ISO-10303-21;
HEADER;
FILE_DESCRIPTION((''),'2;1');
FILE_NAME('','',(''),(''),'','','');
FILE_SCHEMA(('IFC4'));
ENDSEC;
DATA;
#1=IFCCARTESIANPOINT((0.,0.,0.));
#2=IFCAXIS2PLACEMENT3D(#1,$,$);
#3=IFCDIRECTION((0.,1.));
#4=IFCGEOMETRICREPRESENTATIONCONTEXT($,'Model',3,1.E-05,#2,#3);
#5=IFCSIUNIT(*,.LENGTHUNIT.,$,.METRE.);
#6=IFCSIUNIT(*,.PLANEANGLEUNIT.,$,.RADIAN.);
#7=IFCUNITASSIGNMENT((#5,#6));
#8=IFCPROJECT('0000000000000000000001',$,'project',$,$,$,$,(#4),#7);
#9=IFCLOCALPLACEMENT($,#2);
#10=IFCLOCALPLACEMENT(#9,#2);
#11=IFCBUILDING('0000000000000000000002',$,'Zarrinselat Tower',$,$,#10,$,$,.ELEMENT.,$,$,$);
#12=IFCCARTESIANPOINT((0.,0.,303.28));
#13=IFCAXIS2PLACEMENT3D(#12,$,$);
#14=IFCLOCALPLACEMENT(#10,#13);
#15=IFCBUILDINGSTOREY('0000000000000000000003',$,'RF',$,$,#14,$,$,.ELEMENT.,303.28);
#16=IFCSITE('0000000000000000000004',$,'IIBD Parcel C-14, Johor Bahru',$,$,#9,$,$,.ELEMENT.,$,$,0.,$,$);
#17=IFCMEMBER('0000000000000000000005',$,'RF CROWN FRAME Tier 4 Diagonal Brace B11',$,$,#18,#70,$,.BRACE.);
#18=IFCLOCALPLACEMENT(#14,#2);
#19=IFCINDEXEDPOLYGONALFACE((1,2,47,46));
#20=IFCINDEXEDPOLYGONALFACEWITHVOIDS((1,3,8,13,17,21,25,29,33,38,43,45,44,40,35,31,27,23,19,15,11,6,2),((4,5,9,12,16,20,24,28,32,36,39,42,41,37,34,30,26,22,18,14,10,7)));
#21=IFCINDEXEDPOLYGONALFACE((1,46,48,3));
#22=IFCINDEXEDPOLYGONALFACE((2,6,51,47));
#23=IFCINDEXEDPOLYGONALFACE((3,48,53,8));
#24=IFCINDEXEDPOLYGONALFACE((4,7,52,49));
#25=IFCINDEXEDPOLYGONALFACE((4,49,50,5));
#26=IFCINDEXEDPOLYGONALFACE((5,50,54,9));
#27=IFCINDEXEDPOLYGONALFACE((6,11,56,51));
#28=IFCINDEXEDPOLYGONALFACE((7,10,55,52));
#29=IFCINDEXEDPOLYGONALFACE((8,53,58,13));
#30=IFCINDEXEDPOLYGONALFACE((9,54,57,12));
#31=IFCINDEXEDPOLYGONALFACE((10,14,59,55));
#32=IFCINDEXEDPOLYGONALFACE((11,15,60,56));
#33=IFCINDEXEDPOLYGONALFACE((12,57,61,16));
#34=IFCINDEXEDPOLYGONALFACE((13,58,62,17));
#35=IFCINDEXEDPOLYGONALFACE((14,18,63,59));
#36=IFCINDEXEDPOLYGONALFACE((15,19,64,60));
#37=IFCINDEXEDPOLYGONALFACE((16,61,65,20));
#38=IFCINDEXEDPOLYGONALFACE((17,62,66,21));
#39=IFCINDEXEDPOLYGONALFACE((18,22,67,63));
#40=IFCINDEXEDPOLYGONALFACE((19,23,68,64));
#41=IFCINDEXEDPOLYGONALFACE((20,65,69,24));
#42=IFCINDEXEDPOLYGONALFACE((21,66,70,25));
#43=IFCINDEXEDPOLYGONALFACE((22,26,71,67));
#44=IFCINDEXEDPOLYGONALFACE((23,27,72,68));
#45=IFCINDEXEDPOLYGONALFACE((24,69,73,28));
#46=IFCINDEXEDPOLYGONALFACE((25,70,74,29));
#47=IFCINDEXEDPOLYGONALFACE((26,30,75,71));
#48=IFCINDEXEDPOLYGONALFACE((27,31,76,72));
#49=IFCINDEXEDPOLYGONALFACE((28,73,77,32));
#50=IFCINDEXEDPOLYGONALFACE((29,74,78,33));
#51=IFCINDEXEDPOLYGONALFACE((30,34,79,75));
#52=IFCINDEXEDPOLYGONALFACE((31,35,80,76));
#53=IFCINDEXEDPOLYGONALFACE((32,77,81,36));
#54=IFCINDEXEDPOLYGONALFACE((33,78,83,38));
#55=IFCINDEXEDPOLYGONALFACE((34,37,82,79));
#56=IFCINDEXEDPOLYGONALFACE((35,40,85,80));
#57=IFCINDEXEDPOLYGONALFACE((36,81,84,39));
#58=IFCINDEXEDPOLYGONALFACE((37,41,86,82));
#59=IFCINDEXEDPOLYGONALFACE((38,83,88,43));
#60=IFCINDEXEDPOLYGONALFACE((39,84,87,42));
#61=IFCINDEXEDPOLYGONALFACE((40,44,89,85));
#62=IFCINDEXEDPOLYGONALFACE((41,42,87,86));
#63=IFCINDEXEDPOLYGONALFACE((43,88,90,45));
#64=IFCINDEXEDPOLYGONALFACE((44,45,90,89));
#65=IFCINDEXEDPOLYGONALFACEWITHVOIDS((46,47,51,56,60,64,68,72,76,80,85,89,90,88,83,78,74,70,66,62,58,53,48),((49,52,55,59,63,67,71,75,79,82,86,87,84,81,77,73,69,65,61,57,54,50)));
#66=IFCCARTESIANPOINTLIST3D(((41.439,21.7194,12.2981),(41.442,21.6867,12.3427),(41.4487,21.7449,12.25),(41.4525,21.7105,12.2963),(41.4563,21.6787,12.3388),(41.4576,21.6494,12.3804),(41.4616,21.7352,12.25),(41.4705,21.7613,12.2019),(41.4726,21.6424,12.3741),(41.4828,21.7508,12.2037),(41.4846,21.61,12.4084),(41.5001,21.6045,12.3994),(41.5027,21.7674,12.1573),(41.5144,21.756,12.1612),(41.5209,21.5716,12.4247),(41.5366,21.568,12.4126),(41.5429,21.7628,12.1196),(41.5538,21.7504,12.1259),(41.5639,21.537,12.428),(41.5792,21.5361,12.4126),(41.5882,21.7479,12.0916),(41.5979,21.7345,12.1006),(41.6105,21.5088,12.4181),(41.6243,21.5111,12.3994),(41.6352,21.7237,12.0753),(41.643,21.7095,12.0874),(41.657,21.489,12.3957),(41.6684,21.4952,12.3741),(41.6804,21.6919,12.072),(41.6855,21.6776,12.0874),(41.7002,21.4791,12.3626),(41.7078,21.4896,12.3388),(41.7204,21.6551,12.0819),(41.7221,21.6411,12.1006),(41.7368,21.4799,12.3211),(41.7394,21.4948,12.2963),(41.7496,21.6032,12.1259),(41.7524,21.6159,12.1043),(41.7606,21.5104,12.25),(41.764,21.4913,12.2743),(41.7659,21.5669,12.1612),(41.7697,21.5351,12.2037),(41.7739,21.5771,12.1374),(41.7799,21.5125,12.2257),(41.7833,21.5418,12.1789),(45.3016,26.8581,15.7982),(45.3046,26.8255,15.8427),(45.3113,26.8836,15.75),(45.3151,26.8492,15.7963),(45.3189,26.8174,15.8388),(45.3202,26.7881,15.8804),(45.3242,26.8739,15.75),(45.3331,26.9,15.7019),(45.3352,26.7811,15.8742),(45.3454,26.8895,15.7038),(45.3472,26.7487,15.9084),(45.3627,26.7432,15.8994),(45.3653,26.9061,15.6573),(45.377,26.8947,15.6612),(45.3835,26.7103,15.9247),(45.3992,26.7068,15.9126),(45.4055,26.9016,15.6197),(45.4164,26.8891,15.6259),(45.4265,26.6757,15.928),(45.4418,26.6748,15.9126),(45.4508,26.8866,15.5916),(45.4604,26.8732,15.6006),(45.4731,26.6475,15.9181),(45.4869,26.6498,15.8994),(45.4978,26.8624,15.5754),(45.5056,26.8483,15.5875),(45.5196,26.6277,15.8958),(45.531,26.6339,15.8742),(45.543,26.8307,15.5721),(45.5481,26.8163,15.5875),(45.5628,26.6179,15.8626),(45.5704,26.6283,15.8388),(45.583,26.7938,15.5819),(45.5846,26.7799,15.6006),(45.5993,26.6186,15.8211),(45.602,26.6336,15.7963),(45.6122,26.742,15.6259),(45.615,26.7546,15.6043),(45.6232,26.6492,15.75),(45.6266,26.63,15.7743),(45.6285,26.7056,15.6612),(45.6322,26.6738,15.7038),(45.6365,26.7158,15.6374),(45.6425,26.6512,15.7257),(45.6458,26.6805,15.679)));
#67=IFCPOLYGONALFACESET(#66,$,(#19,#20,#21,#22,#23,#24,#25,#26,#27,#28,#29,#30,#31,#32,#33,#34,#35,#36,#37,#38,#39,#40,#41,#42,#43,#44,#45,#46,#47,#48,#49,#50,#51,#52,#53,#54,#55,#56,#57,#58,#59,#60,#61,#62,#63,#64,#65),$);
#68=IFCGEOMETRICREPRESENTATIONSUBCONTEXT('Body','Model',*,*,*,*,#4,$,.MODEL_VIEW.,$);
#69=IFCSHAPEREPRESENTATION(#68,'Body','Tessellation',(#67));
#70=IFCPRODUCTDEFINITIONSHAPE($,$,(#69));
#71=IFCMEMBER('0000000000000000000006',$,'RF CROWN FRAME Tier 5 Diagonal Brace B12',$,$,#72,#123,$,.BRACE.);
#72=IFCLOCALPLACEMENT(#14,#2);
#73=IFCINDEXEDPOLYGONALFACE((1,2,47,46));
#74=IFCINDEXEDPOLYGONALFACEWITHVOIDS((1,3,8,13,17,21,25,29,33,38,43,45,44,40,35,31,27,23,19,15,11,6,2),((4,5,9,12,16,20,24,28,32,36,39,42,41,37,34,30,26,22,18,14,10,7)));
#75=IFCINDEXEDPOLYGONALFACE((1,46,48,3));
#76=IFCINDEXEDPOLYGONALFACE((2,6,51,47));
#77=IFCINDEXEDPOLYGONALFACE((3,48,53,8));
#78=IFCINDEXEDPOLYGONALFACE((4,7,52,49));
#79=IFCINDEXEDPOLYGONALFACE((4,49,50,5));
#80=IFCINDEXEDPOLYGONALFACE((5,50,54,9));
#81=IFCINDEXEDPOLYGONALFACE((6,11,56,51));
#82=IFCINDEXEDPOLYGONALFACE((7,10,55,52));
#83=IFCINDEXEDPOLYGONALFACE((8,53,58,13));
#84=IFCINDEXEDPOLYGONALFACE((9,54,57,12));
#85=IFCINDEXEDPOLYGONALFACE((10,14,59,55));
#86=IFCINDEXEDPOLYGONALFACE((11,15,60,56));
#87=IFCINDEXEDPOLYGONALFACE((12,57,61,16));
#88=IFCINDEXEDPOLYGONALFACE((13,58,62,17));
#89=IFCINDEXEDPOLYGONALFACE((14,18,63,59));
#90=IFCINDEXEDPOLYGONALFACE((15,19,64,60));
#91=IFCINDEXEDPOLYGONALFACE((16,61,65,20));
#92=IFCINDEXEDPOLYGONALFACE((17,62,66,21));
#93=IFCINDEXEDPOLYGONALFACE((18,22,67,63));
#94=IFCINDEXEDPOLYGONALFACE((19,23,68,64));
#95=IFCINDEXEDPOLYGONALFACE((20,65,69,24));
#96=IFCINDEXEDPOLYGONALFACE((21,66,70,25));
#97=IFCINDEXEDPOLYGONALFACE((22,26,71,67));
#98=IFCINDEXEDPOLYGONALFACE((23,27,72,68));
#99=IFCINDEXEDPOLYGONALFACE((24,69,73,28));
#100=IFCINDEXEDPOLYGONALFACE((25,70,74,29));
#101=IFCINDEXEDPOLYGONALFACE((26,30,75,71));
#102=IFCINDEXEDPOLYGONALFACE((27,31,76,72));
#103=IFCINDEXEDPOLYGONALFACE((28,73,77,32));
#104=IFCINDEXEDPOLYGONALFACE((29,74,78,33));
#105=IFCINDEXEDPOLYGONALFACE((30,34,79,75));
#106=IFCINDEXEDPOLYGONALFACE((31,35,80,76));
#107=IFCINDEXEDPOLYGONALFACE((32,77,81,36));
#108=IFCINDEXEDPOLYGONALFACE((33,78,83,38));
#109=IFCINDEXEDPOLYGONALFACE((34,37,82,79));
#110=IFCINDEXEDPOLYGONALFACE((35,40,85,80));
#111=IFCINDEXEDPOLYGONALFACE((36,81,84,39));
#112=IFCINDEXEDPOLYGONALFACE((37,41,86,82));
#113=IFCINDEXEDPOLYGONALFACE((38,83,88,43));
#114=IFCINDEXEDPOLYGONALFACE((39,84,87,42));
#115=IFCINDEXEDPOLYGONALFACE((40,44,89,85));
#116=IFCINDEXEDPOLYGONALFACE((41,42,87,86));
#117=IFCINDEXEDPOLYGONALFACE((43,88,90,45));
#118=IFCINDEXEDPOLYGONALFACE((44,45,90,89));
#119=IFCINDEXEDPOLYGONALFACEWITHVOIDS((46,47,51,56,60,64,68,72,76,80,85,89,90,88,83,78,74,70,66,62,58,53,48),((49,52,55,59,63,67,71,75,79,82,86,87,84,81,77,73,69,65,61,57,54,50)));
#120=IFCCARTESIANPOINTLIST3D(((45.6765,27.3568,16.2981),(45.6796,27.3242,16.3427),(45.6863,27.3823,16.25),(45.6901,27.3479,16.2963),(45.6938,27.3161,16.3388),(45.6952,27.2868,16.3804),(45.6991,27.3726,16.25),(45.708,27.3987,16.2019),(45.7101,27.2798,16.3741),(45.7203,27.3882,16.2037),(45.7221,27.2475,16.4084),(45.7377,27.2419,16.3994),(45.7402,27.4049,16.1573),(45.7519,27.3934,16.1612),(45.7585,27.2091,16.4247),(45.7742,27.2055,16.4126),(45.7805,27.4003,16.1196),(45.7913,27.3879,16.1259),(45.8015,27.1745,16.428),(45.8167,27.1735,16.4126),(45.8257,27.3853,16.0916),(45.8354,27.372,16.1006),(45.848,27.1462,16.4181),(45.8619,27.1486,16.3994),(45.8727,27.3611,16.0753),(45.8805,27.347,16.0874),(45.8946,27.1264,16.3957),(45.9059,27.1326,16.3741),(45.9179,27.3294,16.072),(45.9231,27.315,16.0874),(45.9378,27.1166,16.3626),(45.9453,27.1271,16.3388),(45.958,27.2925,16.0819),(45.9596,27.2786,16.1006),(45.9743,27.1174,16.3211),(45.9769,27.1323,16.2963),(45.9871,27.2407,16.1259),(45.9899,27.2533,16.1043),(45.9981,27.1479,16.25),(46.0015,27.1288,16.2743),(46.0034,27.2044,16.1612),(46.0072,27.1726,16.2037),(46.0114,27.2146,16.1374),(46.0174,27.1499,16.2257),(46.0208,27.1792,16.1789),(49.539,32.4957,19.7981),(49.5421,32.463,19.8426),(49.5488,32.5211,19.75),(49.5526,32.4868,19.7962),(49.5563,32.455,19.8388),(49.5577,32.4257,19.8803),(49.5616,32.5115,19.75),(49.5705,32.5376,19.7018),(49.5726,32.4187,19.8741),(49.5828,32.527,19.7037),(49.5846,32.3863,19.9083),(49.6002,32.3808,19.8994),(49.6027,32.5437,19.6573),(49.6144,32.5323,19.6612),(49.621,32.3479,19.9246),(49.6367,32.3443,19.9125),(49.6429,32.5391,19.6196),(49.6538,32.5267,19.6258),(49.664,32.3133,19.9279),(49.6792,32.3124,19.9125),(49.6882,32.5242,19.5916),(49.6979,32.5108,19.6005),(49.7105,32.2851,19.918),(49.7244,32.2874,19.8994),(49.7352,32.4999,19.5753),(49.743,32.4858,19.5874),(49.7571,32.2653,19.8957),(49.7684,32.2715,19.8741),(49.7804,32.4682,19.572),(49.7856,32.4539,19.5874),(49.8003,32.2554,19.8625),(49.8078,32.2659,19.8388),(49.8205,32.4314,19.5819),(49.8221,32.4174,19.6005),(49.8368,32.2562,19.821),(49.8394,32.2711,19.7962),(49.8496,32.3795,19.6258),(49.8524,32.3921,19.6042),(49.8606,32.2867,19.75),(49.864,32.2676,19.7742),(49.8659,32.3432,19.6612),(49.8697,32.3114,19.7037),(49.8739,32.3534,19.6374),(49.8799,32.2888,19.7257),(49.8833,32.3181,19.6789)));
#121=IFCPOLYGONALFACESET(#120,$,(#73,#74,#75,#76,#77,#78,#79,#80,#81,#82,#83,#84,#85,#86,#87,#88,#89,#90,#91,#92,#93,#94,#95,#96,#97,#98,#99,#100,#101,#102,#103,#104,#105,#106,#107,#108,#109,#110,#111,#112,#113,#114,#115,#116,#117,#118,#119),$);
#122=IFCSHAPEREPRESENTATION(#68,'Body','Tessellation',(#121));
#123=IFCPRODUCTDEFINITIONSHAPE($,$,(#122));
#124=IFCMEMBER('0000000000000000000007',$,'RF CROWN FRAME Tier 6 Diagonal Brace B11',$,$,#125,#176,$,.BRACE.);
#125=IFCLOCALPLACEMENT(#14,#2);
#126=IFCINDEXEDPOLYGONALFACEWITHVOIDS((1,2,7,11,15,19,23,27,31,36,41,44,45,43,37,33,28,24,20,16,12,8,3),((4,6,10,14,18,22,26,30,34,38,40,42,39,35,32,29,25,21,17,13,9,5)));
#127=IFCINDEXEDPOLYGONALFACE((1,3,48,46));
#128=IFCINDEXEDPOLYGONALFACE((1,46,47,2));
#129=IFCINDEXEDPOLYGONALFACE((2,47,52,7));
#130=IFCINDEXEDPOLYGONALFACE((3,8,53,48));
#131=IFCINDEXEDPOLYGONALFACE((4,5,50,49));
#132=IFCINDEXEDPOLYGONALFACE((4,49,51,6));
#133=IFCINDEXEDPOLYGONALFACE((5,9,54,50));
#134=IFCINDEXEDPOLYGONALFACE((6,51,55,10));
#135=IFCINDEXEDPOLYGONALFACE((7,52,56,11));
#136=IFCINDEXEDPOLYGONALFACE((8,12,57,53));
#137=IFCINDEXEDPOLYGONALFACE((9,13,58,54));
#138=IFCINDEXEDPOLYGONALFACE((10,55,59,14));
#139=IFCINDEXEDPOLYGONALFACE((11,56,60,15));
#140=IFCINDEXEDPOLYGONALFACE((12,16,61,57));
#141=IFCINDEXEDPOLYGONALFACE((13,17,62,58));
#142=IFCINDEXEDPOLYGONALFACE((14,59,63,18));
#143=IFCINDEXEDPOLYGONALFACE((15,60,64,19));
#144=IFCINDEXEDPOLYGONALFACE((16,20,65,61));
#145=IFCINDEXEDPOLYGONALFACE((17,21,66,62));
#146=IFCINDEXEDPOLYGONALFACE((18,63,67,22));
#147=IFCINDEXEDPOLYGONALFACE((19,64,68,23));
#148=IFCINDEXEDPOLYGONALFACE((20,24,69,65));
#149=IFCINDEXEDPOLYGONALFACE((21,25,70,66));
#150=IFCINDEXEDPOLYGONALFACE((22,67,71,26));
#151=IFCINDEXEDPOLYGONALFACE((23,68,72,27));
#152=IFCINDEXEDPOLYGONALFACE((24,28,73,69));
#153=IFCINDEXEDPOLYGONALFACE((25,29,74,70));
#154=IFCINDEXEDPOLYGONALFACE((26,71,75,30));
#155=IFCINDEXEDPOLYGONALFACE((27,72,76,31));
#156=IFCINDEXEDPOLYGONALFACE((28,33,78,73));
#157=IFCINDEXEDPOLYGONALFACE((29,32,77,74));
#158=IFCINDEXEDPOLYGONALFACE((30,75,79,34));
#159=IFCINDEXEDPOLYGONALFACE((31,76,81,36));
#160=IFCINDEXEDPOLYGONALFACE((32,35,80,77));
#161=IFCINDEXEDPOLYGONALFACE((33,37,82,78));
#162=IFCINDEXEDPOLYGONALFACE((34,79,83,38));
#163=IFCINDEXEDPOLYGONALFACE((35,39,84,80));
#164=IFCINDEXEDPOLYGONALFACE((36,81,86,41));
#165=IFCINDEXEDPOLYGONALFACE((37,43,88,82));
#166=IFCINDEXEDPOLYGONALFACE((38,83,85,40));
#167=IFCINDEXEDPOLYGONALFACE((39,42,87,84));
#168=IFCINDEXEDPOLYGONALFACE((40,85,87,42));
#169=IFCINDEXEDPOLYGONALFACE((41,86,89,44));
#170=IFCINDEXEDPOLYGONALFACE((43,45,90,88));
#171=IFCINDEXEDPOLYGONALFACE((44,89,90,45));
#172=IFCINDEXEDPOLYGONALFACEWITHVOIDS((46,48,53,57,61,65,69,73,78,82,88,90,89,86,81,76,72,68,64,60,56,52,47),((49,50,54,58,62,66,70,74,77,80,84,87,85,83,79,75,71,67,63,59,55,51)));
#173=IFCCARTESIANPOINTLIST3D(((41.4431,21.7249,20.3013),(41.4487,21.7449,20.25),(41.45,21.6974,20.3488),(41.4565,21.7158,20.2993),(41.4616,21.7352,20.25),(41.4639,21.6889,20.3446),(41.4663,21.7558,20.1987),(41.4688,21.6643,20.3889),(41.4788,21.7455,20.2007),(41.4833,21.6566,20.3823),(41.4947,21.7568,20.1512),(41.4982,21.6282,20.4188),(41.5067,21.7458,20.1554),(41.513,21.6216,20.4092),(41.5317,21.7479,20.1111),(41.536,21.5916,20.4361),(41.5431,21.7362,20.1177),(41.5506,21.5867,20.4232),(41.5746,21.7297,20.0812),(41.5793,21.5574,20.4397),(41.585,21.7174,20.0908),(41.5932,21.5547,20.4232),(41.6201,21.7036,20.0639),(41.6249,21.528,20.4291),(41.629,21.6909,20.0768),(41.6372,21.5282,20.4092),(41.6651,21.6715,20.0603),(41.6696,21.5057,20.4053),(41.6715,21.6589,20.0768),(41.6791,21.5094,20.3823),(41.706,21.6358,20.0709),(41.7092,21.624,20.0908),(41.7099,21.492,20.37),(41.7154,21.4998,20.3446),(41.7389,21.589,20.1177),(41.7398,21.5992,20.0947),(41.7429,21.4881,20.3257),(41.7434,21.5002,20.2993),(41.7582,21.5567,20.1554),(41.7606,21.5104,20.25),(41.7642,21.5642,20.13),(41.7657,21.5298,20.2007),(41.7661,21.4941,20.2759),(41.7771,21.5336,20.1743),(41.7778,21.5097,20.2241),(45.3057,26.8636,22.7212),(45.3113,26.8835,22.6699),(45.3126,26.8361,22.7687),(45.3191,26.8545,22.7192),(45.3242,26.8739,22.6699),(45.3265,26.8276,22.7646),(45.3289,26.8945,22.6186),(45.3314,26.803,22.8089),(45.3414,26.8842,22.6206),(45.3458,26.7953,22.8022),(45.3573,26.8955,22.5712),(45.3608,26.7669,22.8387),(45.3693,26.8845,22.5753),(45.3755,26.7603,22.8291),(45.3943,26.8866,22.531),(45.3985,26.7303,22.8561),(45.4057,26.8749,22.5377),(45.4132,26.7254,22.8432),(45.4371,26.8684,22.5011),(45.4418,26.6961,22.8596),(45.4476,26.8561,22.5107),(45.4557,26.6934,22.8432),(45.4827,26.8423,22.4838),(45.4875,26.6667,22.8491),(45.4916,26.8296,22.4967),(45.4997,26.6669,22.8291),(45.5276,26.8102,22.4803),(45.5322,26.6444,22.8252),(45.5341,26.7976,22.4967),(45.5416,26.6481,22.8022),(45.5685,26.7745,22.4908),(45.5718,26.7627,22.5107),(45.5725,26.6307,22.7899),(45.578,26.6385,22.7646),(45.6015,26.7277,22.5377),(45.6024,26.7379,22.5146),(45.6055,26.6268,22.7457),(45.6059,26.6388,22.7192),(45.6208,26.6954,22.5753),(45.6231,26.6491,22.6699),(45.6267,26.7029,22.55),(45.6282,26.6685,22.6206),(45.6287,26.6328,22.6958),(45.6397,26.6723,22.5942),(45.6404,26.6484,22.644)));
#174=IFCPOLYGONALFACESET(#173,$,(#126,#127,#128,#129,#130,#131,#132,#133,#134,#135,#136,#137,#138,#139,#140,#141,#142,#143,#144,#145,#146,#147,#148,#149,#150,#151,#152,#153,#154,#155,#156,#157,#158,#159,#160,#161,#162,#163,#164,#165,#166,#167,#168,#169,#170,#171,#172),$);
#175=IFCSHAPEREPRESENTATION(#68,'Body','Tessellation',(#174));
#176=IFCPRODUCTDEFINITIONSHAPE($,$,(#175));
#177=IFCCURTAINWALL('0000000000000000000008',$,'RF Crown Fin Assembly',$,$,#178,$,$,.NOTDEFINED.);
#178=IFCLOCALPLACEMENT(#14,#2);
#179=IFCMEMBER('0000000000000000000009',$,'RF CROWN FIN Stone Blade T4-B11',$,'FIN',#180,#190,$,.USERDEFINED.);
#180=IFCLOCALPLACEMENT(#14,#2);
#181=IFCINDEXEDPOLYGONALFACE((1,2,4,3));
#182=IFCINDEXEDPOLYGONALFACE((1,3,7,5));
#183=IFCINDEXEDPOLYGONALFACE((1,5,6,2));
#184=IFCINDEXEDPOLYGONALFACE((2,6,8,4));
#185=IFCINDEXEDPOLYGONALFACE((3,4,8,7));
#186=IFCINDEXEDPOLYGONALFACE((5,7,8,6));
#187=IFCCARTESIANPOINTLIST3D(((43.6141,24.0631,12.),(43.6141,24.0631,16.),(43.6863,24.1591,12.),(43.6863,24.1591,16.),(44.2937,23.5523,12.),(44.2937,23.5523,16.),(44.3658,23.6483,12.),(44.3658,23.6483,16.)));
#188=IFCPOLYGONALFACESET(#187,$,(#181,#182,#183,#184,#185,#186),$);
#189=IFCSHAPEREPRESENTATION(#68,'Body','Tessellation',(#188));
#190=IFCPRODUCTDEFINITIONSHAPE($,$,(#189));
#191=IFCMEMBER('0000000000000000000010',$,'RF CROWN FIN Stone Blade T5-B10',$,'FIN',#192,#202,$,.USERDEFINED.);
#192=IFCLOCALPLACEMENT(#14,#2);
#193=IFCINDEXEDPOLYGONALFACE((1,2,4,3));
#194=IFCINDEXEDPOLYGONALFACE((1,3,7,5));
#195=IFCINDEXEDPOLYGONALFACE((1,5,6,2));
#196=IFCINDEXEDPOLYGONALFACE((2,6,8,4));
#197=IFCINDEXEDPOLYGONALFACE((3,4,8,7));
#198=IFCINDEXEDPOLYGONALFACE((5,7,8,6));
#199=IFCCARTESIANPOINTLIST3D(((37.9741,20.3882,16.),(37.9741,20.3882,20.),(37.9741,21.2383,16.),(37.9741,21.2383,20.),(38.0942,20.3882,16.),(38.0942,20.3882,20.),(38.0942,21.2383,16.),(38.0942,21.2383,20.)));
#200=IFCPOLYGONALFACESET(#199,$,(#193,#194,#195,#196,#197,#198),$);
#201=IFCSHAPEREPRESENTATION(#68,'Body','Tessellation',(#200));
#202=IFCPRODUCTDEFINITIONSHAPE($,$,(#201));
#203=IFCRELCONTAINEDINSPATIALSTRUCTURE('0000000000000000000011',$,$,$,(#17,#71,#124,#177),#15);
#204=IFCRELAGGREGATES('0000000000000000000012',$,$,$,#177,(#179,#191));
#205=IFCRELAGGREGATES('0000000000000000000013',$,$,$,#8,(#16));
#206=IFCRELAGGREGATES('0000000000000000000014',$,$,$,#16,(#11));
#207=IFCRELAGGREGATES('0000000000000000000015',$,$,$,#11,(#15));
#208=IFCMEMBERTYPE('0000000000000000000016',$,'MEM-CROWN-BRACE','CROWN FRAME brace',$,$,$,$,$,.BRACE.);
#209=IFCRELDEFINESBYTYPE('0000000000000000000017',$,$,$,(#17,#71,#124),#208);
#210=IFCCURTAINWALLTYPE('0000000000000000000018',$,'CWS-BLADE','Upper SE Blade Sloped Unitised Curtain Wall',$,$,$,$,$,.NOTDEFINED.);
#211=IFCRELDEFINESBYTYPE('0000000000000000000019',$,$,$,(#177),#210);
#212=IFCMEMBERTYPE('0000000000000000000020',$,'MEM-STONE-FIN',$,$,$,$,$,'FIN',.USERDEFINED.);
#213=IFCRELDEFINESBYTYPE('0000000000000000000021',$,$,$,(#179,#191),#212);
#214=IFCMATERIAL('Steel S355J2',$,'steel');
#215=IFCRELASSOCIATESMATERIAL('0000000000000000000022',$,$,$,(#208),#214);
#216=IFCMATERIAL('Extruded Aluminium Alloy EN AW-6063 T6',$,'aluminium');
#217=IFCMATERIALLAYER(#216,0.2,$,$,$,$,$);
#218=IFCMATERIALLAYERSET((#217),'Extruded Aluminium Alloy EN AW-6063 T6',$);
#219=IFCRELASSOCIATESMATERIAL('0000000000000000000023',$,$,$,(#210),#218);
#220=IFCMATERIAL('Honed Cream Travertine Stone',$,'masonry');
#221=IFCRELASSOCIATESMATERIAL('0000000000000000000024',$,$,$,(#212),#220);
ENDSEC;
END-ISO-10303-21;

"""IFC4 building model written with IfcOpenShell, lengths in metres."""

from ifc_helpers import new_model, si_unit, direction, frame, origin, origin_2d, place, context, subcontext, project, spatial, rectangle, hollow_circle, extrude, material, layer, layer_set, material_profile, profile_set, type_object, element, aggregate, save


model = new_model("IFC4")

# Units and contexts
model_context = context("Model", 3, precision=1e-05, world=origin(), true_north=direction((0.0, 1.0)))
body_context = subcontext(model_context, "Body", "Model", "MODEL_VIEW")
ifc_project = project(units=[si_unit("LENGTHUNIT", "METRE"), si_unit("PLANEANGLEUNIT", "RADIAN")], contexts=[model_context])

# Site, building, storey
site_placement = place(None, origin())
site = spatial("IfcSite", under=ifc_project, at=site_placement, Name="IIBD Parcel C-14, Johor Bahru", CompositionType="ELEMENT", RefElevation=0.0)
building_placement = place(site_placement, origin())
building = spatial("IfcBuilding", under=site, at=building_placement, Name="Zarrinselat Tower", CompositionType="ELEMENT")
storey_placement = place(building_placement, frame((0.0, 0.0, 303.28)))
storey = spatial("IfcBuildingStorey", under=building, at=storey_placement, Name="RF", CompositionType="ELEMENT", Elevation=303.28)

# Members
ifc_material_1 = material(Name="Steel S355J2", Category="steel")
ifc_material_profile_1 = material_profile(ifc_material_1, hollow_circle(Radius=0.2031, WallThickness=0.0161, at=origin_2d()), Name="CHS 406.4x16")
ifc_profile_set_1 = profile_set([ifc_material_profile_1], Name="Steel S355J2")
member_type_1 = type_object("IfcMemberType", Name="MEM-CROWN-BRACE", Description="CROWN FRAME brace", PredefinedType="BRACE", material=ifc_profile_set_1)
for number, where, z_axis, x_axis, name in (
    (1, (41.6111, 21.6228, 12.25), (0.527706, 0.702051, 0.478174), (-0.799362, 0.60085, 0.0), "RF CROWN FRAME Tier 4 Diagonal Brace B11"),
    (2, (45.8486, 27.2603, 16.25), (0.527694, 0.702068, 0.478163), (-0.799375, 0.600832, 0.0), "RF CROWN FRAME Tier 5 Diagonal Brace B12"),
):
    element("IfcMember", number, at=place(storey_placement, frame(where, z_axis=z_axis, x_axis=x_axis)), inside=storey, type_object=member_type_1, Name=name, PredefinedType="BRACE", context=body_context, shape_type="SweptSolid", body=[
        extrude(hollow_circle(Radius=0.2031, WallThickness=0.0161, at=origin_2d()), origin(), (0.0, 0.0, 1.0), 7.3196),
    ])
member_1_placement = place(storey_placement, frame((41.6111, 21.6228, 20.25), z_axis=(0.562327, 0.748111, 0.352303), x_axis=(-0.799362, 0.60085, 0.0)))
element("IfcMember", 3, at=member_1_placement, inside=storey, type_object=member_type_1, Name="RF CROWN FRAME Tier 6 Diagonal Brace B11", PredefinedType="BRACE", context=body_context, shape_type="SweptSolid", body=[
    extrude(hollow_circle(Radius=0.2031, WallThickness=0.0161, at=origin_2d()), origin(), (0.0, 0.0, 1.0), 6.8689),
])

# Curtain wall, members
ifc_material_2 = material(Name="Extruded Aluminium Alloy EN AW-6063 T6", Category="aluminium")
ifc_layer_1 = layer(ifc_material_2, 0.2)
ifc_layer_set_1 = layer_set([ifc_layer_1], Name="Extruded Aluminium Alloy EN AW-6063 T6")
curtain_wall_type = type_object("IfcCurtainWallType", Name="CWS-BLADE", Description="Upper SE Blade Sloped Unitised Curtain Wall", PredefinedType="NOTDEFINED", material=ifc_layer_set_1)
curtain_wall_placement = place(storey_placement, origin())
curtain_wall = element("IfcCurtainWall", 4, at=curtain_wall_placement, inside=storey, type_object=curtain_wall_type, Name="RF Crown Fin Assembly", PredefinedType="NOTDEFINED")
ifc_material_3 = material(Name="Honed Cream Travertine Stone", Category="masonry")
ifc_material_profile_2 = material_profile(ifc_material_3, rectangle(XDim=0.1201, YDim=0.8501, at=origin_2d()), Name="FIN 850x120")
ifc_profile_set_2 = profile_set([ifc_material_profile_2], Name="Honed Cream Travertine Stone")
member_type_2 = type_object("IfcMemberType", Name="MEM-STONE-FIN", ElementType="FIN", PredefinedType="USERDEFINED", material=ifc_profile_set_2)
member_2_placement = place(storey_placement, frame((43.99, 23.8557, 12.0), z_axis=(0.0, 0.0, 1.0), x_axis=(-0.600844, -0.799367, 0.0)))
member_2 = element("IfcMember", 5, at=member_2_placement, type_object=member_type_2, Name="RF CROWN FIN Stone Blade T4-B11", ObjectType="FIN", PredefinedType="USERDEFINED", context=body_context, shape_type="SweptSolid", body=[
    extrude(rectangle(XDim=0.1201, YDim=0.8501, at=origin_2d()), origin(), (0.0, 0.0, 1.0), 4.0),
])
member_3_placement = place(storey_placement, frame((38.0342, 20.8132, 16.0), z_axis=(0.0, 0.0, 1.0), x_axis=(-1.0, 0.0, 0.0)))
member_3 = element("IfcMember", 6, at=member_3_placement, type_object=member_type_2, Name="RF CROWN FIN Stone Blade T5-B10", ObjectType="FIN", PredefinedType="USERDEFINED", context=body_context, shape_type="SweptSolid", body=[
    extrude(rectangle(XDim=0.1201, YDim=0.8501, at=origin_2d()), origin(), (0.0, 0.0, 1.0), 4.0),
])
aggregate(curtain_wall, [member_2, member_3])

save(model, "model.ifc")
